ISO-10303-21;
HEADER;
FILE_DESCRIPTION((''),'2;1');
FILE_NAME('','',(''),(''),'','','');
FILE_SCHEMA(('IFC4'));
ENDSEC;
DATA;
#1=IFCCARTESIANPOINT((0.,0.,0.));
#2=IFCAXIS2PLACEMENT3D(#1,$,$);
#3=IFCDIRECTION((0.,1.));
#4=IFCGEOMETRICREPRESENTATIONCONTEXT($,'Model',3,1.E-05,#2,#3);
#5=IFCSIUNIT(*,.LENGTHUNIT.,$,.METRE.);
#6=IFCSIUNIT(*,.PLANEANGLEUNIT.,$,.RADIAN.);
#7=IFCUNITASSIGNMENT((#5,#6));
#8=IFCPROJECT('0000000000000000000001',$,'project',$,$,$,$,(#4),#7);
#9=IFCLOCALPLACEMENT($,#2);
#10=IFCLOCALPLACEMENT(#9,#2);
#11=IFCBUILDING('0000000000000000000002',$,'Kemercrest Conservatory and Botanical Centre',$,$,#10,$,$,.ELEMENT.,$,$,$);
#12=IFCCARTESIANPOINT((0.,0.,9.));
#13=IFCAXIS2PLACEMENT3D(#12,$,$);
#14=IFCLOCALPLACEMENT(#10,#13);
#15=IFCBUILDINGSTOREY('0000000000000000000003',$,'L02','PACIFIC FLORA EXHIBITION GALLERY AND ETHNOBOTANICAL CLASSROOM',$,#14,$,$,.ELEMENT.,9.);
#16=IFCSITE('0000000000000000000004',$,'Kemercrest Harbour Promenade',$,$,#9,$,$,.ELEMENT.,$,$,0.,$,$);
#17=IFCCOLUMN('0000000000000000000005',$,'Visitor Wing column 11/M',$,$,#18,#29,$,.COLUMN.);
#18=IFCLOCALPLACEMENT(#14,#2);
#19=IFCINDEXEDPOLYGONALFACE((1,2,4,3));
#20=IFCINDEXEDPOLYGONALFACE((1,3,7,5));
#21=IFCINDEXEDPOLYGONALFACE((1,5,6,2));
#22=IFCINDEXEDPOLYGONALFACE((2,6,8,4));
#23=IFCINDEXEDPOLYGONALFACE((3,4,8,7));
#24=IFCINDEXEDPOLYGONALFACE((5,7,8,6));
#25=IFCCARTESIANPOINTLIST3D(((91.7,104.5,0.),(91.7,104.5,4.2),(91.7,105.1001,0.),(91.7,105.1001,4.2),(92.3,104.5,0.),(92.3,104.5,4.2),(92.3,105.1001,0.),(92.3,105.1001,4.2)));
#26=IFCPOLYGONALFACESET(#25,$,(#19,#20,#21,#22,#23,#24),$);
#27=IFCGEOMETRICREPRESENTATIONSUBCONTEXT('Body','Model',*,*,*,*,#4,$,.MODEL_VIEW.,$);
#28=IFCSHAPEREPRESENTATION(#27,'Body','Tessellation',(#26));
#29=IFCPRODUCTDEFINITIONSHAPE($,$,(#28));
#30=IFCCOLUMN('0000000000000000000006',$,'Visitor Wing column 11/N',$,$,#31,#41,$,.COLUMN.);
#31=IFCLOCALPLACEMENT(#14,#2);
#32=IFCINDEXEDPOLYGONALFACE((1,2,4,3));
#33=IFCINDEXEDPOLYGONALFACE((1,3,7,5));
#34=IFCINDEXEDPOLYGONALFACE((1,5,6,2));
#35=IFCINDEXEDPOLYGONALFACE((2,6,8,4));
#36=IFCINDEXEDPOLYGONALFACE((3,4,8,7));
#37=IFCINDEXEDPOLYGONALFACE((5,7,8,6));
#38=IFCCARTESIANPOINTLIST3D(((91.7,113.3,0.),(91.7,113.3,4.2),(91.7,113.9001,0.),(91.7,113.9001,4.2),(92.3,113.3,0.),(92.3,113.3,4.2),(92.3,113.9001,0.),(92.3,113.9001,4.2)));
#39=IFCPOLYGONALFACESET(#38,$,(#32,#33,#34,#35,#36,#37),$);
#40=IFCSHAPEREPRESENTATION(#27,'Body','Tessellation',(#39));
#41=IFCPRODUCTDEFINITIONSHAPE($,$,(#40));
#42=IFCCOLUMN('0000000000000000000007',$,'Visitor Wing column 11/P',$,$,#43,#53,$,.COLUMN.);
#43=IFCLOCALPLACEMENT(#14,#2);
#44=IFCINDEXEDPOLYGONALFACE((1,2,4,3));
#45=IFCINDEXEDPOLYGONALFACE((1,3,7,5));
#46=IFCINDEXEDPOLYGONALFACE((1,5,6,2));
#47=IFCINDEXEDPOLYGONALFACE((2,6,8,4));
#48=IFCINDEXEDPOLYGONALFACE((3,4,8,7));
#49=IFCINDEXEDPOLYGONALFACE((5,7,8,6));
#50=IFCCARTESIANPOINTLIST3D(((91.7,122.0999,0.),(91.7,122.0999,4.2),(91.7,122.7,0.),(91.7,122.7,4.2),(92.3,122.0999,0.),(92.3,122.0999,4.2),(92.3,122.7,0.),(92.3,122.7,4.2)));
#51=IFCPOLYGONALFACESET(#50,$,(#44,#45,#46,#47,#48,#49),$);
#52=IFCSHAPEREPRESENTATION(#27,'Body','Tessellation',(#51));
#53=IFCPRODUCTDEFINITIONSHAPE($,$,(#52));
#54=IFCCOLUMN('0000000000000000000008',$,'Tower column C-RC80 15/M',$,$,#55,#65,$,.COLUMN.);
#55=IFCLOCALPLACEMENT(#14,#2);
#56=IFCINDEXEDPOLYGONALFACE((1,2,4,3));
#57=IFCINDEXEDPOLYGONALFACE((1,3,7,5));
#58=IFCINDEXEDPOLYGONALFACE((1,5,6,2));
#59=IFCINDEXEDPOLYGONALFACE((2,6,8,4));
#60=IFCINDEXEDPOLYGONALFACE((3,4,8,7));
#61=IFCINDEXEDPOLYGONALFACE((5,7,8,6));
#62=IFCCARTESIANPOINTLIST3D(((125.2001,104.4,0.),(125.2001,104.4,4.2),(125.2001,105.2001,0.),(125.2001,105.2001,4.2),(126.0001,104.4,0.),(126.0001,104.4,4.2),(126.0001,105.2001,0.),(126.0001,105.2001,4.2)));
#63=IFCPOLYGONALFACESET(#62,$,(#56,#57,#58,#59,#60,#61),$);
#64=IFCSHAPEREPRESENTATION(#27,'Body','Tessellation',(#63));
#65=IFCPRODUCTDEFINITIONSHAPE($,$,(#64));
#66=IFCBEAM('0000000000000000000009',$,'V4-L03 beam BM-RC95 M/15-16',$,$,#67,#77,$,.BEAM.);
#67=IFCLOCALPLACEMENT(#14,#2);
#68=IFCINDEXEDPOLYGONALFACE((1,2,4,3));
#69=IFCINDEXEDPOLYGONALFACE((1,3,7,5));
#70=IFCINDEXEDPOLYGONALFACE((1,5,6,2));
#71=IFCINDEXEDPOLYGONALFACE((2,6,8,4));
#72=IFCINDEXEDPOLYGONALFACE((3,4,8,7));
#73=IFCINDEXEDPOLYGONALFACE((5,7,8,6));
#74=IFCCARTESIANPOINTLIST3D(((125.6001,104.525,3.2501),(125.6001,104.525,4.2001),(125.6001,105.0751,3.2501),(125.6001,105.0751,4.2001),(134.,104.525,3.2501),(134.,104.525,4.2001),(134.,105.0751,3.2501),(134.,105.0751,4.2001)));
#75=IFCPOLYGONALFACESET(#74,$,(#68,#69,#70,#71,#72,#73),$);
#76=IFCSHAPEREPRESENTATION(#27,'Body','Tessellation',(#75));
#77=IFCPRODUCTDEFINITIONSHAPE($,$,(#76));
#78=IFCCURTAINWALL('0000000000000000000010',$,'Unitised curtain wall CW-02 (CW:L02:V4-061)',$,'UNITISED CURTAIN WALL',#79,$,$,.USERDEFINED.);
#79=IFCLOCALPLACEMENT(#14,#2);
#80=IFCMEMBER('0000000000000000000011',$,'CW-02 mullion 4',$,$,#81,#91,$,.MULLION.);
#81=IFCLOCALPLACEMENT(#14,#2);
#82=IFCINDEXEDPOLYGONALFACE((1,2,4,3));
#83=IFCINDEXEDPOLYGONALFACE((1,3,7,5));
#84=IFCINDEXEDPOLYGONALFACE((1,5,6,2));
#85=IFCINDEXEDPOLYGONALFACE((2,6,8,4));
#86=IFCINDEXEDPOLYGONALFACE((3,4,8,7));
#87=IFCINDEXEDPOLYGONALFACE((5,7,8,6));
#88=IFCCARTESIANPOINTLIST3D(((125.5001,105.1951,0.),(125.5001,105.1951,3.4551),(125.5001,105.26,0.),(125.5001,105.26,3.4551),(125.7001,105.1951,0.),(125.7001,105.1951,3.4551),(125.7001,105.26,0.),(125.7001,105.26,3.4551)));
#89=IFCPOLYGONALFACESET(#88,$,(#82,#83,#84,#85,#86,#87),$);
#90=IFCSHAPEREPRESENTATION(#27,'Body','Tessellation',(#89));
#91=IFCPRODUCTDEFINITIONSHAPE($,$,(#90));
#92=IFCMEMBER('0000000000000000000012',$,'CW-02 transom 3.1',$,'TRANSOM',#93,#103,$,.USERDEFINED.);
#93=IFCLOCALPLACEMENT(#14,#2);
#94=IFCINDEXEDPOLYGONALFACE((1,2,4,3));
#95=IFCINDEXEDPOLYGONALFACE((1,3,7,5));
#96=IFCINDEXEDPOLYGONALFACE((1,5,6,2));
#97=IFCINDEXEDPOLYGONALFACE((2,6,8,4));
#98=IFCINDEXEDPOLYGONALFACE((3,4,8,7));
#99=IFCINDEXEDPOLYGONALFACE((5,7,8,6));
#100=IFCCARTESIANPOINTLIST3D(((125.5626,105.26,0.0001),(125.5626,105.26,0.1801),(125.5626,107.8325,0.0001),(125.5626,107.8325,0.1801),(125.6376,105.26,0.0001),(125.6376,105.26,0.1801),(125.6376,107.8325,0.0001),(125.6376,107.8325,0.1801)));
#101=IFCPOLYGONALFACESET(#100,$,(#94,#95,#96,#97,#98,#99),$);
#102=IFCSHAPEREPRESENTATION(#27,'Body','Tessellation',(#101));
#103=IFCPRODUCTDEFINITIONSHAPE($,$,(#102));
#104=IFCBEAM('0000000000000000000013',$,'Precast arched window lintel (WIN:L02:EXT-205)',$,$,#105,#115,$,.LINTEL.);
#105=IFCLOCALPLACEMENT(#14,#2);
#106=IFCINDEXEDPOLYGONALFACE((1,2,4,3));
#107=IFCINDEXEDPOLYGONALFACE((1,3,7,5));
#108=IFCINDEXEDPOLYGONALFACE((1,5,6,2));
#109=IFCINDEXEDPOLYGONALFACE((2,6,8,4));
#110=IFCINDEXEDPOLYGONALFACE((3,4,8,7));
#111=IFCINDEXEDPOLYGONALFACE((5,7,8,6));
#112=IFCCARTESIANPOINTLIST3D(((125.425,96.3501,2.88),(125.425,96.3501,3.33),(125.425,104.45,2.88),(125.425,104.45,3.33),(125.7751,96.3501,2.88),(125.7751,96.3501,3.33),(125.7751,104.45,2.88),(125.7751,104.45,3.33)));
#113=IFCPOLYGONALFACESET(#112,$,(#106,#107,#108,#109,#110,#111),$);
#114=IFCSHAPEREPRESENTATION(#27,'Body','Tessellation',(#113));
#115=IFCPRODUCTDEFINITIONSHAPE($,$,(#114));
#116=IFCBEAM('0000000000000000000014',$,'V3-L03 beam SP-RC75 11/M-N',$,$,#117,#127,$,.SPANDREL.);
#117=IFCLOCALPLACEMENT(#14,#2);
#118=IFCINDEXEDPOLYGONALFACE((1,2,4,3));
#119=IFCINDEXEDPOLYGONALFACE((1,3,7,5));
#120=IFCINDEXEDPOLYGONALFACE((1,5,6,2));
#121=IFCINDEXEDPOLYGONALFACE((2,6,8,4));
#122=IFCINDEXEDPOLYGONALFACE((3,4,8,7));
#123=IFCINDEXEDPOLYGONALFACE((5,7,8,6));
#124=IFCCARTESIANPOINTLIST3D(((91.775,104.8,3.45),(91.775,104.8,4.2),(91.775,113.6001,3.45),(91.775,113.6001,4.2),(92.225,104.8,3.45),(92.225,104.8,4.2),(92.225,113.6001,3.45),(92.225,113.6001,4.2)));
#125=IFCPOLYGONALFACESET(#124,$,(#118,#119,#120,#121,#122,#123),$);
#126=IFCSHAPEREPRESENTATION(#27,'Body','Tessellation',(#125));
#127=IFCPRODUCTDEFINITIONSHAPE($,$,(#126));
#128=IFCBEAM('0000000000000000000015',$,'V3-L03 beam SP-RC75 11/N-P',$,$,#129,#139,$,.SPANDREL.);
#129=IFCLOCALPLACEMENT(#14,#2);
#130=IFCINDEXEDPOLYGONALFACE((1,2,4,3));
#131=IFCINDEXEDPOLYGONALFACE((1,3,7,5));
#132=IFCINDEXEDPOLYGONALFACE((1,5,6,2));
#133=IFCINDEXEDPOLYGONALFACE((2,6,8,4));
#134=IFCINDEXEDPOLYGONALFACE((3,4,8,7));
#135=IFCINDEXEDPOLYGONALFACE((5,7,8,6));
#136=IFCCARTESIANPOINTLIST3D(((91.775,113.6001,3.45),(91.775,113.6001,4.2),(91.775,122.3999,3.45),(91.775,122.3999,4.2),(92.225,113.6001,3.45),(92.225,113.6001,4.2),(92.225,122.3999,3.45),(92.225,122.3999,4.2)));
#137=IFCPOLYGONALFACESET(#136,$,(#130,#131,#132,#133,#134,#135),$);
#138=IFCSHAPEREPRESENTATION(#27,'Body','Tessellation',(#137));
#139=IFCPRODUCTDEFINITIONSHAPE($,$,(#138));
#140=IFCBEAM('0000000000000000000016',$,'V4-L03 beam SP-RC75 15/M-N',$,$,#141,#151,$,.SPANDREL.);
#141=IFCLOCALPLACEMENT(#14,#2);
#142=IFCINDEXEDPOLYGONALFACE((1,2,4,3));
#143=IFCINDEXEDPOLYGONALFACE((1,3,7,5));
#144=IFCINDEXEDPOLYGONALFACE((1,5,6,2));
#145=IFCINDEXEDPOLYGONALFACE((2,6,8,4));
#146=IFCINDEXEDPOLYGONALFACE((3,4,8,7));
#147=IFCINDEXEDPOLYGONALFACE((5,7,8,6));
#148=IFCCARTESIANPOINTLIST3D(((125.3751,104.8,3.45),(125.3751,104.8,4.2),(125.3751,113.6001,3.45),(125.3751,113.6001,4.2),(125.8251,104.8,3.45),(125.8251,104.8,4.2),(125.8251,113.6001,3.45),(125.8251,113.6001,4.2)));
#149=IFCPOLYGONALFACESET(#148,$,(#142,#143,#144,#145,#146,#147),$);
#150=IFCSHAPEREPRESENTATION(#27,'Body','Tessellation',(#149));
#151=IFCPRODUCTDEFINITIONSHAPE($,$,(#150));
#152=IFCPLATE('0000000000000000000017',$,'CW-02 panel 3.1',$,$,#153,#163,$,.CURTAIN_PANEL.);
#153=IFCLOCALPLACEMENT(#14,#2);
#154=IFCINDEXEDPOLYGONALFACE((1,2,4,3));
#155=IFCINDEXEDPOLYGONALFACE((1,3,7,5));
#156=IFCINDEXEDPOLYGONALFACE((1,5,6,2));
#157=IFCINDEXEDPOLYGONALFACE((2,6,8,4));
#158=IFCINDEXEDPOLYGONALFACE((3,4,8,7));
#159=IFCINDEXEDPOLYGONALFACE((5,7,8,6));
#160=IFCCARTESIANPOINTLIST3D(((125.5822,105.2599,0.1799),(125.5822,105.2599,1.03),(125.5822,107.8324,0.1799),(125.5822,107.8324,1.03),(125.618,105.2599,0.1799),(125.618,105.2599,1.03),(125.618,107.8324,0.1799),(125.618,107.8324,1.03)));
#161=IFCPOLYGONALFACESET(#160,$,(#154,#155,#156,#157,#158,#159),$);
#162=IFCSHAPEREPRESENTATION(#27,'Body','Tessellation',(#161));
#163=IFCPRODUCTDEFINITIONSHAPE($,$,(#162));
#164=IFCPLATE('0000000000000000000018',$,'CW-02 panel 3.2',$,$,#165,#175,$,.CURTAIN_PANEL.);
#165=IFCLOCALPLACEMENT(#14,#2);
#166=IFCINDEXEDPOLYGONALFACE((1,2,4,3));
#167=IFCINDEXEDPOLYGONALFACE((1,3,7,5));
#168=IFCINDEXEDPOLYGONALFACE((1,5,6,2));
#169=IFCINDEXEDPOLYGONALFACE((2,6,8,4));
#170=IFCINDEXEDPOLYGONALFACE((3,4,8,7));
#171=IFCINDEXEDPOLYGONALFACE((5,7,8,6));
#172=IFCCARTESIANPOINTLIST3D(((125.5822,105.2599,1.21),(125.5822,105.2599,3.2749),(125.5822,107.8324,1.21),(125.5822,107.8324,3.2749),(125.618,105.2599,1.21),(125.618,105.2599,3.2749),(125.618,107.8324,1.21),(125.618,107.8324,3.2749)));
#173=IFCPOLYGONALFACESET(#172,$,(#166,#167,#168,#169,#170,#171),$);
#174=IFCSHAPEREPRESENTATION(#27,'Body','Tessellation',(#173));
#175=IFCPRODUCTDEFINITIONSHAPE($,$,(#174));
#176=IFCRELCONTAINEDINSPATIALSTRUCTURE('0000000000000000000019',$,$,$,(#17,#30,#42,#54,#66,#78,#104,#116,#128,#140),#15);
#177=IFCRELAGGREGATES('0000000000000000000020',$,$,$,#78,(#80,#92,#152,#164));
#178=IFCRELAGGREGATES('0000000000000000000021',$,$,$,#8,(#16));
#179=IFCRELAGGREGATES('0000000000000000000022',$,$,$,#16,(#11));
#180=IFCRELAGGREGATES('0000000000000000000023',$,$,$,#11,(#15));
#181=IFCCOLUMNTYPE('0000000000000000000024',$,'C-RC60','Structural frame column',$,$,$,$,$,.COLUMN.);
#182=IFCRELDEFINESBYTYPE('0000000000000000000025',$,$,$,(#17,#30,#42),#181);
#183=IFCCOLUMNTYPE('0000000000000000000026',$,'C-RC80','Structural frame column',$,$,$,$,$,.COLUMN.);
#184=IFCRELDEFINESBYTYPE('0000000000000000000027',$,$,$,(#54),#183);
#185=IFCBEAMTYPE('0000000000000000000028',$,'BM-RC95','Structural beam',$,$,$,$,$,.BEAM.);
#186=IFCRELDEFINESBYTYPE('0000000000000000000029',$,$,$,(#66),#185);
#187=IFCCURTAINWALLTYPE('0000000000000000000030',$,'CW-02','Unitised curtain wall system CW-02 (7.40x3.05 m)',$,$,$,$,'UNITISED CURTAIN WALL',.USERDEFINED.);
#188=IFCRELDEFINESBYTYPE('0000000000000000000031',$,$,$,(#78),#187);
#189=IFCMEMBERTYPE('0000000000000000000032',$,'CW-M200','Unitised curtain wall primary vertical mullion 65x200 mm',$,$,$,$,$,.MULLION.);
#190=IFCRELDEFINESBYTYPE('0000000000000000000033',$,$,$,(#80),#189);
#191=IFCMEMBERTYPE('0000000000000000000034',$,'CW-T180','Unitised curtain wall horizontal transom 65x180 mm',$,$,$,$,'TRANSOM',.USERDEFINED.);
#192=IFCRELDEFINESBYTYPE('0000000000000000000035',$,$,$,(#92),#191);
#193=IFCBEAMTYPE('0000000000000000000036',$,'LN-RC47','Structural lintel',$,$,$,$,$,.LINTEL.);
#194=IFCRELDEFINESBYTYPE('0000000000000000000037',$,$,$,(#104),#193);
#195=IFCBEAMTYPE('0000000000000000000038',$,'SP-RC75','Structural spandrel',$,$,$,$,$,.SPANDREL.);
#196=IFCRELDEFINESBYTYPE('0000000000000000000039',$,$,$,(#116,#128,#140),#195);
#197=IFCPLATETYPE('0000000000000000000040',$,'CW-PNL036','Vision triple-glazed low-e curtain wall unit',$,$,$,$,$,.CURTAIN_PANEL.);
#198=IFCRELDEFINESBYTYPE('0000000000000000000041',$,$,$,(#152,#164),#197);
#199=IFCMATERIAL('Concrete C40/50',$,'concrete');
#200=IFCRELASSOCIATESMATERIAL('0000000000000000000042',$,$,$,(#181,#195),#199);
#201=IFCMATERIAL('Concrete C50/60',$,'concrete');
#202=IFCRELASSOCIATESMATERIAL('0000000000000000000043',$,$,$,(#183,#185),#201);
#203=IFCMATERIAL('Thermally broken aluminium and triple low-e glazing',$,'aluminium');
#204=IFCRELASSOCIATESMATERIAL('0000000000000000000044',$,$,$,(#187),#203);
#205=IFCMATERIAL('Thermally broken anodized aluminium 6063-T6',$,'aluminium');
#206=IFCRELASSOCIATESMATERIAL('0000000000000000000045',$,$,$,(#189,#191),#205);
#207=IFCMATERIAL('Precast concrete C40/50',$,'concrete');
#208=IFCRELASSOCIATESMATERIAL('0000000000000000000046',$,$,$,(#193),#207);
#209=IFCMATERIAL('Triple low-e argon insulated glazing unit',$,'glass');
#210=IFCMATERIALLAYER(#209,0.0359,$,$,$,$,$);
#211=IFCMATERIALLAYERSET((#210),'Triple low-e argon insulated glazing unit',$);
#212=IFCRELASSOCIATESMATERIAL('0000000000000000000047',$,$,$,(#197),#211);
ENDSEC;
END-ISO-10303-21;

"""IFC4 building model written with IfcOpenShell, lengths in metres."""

from ifc_helpers import new_model, si_unit, direction, frame, origin, origin_2d, place, context, subcontext, project, spatial, rectangle, extrude, material, layer, layer_set, material_profile, profile_set, type_object, element, aggregate, save


model = new_model("IFC4")

# Units and contexts
model_context = context("Model", 3, precision=1e-05, world=origin(), true_north=direction((0.0, 1.0)))
body_context = subcontext(model_context, "Body", "Model", "MODEL_VIEW")
ifc_project = project(units=[si_unit("LENGTHUNIT", "METRE"), si_unit("PLANEANGLEUNIT", "RADIAN")], contexts=[model_context])

# Site, building, storey
site_placement = place(None, origin())
site = spatial("IfcSite", under=ifc_project, at=site_placement, Name="Kemercrest Harbour Promenade", CompositionType="ELEMENT", RefElevation=0.0)
building_placement = place(site_placement, origin())
building = spatial("IfcBuilding", under=site, at=building_placement, Name="Kemercrest Conservatory and Botanical Centre", CompositionType="ELEMENT")
storey_placement = place(building_placement, frame((0.0, 0.0, 9.0)))
storey = spatial("IfcBuildingStorey", under=building, at=storey_placement, Name="L02", Description="PACIFIC FLORA EXHIBITION GALLERY AND ETHNOBOTANICAL CLASSROOM", CompositionType="ELEMENT", Elevation=9.0)

# Columns
ifc_material_1 = material(Name="Concrete C40/50", Category="concrete")
ifc_material_profile_1 = material_profile(ifc_material_1, rectangle(XDim=0.6001, YDim=0.6001, at=origin_2d()), Name="RC 600x600")
ifc_profile_set_1 = profile_set([ifc_material_profile_1], Name="Concrete C40/50")
column_type_1 = type_object("IfcColumnType", Name="C-RC60", Description="Structural frame column", PredefinedType="COLUMN", material=ifc_profile_set_1)
for number, where, z_axis, x_axis, name in (
    (1, (92.0, 104.8, 0.0), (0.0, 0.0, 1.0), (1.0, 0.0, 0.0), "Visitor Wing column 11/M"),
    (2, (92.0, 113.6001, 0.0), (0.0, 0.0, 1.0), (1.0, 0.0, 0.0), "Visitor Wing column 11/N"),
    (3, (92.0, 122.3999, 0.0), (0.0, 0.0, 1.0), (1.0, 0.0, 0.0), "Visitor Wing column 11/P"),
):
    element("IfcColumn", number, at=place(storey_placement, frame(where, z_axis=z_axis, x_axis=x_axis)), inside=storey, type_object=column_type_1, Name=name, PredefinedType="COLUMN", context=body_context, shape_type="SweptSolid", body=[
        extrude(rectangle(XDim=0.6001, YDim=0.6001, at=origin_2d()), origin(), (0.0, 0.0, 1.0), 4.2),
    ])
ifc_material_2 = material(Name="Concrete C50/60", Category="concrete")
ifc_material_profile_2 = material_profile(ifc_material_2, rectangle(XDim=0.8, YDim=0.8, at=origin_2d()), Name="RC 800x800")
ifc_profile_set_2 = profile_set([ifc_material_profile_2], Name="Concrete C50/60")
column_type_2 = type_object("IfcColumnType", Name="C-RC80", Description="Structural frame column", PredefinedType="COLUMN", material=ifc_profile_set_2)
column_placement = place(storey_placement, frame((125.6001, 104.8, 0.0), z_axis=(0.0, 0.0, 1.0), x_axis=(1.0, 0.0, 0.0)))
element("IfcColumn", 4, at=column_placement, inside=storey, type_object=column_type_2, Name="Tower column C-RC80 15/M", PredefinedType="COLUMN", context=body_context, shape_type="SweptSolid", body=[
    extrude(rectangle(XDim=0.8, YDim=0.8, at=origin_2d()), origin(), (0.0, 0.0, 1.0), 4.2),
])

# Beam
ifc_material_profile_3 = material_profile(ifc_material_2, rectangle(XDim=0.55, YDim=0.95, at=origin_2d()), Name="RC 550x950")
ifc_profile_set_3 = profile_set([ifc_material_profile_3], Name="Concrete C50/60")
beam_type_1 = type_object("IfcBeamType", Name="BM-RC95", Description="Structural beam", PredefinedType="BEAM", material=ifc_profile_set_3)
beam_1_placement = place(storey_placement, frame((125.6001, 104.8, 3.7251), z_axis=(1.0, 0.0, 0.0), x_axis=(0.0, 1.0, 0.0)))
element("IfcBeam", 5, at=beam_1_placement, inside=storey, type_object=beam_type_1, Name="V4-L03 beam BM-RC95 M/15-16", PredefinedType="BEAM", context=body_context, shape_type="SweptSolid", body=[
    extrude(rectangle(XDim=0.55, YDim=0.95, at=origin_2d()), origin(), (0.0, 0.0, 1.0), 8.3999),
])

# Curtain wall, members
ifc_material_3 = material(Name="Thermally broken aluminium and triple low-e glazing", Category="aluminium")
curtain_wall_type = type_object("IfcCurtainWallType", Name="CW-02", Description="Unitised curtain wall system CW-02 (7.40x3.05 m)", ElementType="UNITISED CURTAIN WALL", PredefinedType="USERDEFINED", material=ifc_material_3)
curtain_wall_placement = place(storey_placement, origin())
curtain_wall = element("IfcCurtainWall", 6, at=curtain_wall_placement, inside=storey, type_object=curtain_wall_type, Name="Unitised curtain wall CW-02 (CW:L02:V4-061)", ObjectType="UNITISED CURTAIN WALL", PredefinedType="USERDEFINED")
ifc_material_4 = material(Name="Thermally broken anodized aluminium 6063-T6", Category="aluminium")
ifc_material_profile_4 = material_profile(ifc_material_4, rectangle(XDim=0.2, YDim=0.0649, at=origin_2d()), Name="AL MULLION 65x200")
ifc_profile_set_4 = profile_set([ifc_material_profile_4], Name="Thermally broken anodized aluminium 6063-T6")
member_type_1 = type_object("IfcMemberType", Name="CW-M200", Description="Unitised curtain wall primary vertical mullion 65x200 mm", PredefinedType="MULLION", material=ifc_profile_set_4)
member_1_placement = place(storey_placement, frame((125.6001, 105.2275, 0.0), z_axis=(0.0, 0.0, 1.0), x_axis=(1.0, 0.0, 0.0)))
member_1 = element("IfcMember", 7, at=member_1_placement, type_object=member_type_1, Name="CW-02 mullion 4", PredefinedType="MULLION", context=body_context, shape_type="SweptSolid", body=[
    extrude(rectangle(XDim=0.2, YDim=0.0649, at=origin_2d()), origin(), (0.0, 0.0, 1.0), 3.4551),
])
ifc_material_profile_5 = material_profile(ifc_material_4, rectangle(XDim=0.075, YDim=0.1799, at=origin_2d()), Name="AL TRANSOM 75x180")
ifc_profile_set_5 = profile_set([ifc_material_profile_5], Name="Thermally broken anodized aluminium 6063-T6")
member_type_2 = type_object("IfcMemberType", Name="CW-T180", Description="Unitised curtain wall horizontal transom 65x180 mm", ElementType="TRANSOM", PredefinedType="USERDEFINED", material=ifc_profile_set_5)
member_2_placement = place(storey_placement, frame((125.6001, 107.8325, 0.0901), z_axis=(0.0, -1.0, 0.0), x_axis=(1.0, 0.0, 0.0)))
member_2 = element("IfcMember", 8, at=member_2_placement, type_object=member_type_2, Name="CW-02 transom 3.1", ObjectType="TRANSOM", PredefinedType="USERDEFINED", context=body_context, shape_type="SweptSolid", body=[
    extrude(rectangle(XDim=0.075, YDim=0.1799, at=origin_2d()), origin(), (0.0, 0.0, 1.0), 2.5725),
])

# Beams
ifc_material_5 = material(Name="Precast concrete C40/50", Category="concrete")
ifc_material_profile_6 = material_profile(ifc_material_5, rectangle(XDim=0.3501, YDim=0.45, at=origin_2d()), Name="RC 350x450")
ifc_profile_set_6 = profile_set([ifc_material_profile_6], Name="Precast concrete C40/50")
beam_type_2 = type_object("IfcBeamType", Name="LN-RC47", Description="Structural lintel", PredefinedType="LINTEL", material=ifc_profile_set_6)
beam_2_placement = place(storey_placement, frame((125.6001, 104.45, 3.105), z_axis=(0.0, -1.0, 0.0), x_axis=(1.0, 0.0, 0.0)))
element("IfcBeam", 9, at=beam_2_placement, inside=storey, type_object=beam_type_2, Name="Precast arched window lintel (WIN:L02:EXT-205)", PredefinedType="LINTEL", context=body_context, shape_type="SweptSolid", body=[
    extrude(rectangle(XDim=0.3501, YDim=0.45, at=origin_2d()), origin(), (0.0, 0.0, 1.0), 8.0999),
])
ifc_material_profile_7 = material_profile(ifc_material_1, rectangle(XDim=0.45, YDim=0.75, at=origin_2d()), Name="RC 450x750")
ifc_profile_set_7 = profile_set([ifc_material_profile_7], Name="Concrete C40/50")
beam_type_3 = type_object("IfcBeamType", Name="SP-RC75", Description="Structural spandrel", PredefinedType="SPANDREL", material=ifc_profile_set_7)
beam_3_placement = place(storey_placement, frame((92.0, 104.8, 3.825), z_axis=(0.0, 1.0, 0.0), x_axis=(-1.0, 0.0, 0.0)))
element("IfcBeam", 10, at=beam_3_placement, inside=storey, type_object=beam_type_3, Name="V3-L03 beam SP-RC75 11/M-N", PredefinedType="SPANDREL", context=body_context, shape_type="SweptSolid", body=[
    extrude(rectangle(XDim=0.45, YDim=0.75, at=origin_2d()), origin(), (0.0, 0.0, 1.0), 8.8),
])
beam_4_placement = place(storey_placement, frame((92.0, 113.6001, 3.825), z_axis=(0.0, 1.0, 0.0), x_axis=(-1.0, 0.0, 0.0)))
element("IfcBeam", 11, at=beam_4_placement, inside=storey, type_object=beam_type_3, Name="V3-L03 beam SP-RC75 11/N-P", PredefinedType="SPANDREL", context=body_context, shape_type="SweptSolid", body=[
    extrude(rectangle(XDim=0.45, YDim=0.75, at=origin_2d()), origin(), (0.0, 0.0, 1.0), 8.7998),
])
beam_5_placement = place(storey_placement, frame((125.6001, 104.8, 3.825), z_axis=(0.0, 1.0, 0.0), x_axis=(-1.0, 0.0, 0.0)))
element("IfcBeam", 12, at=beam_5_placement, inside=storey, type_object=beam_type_3, Name="V4-L03 beam SP-RC75 15/M-N", PredefinedType="SPANDREL", context=body_context, shape_type="SweptSolid", body=[
    extrude(rectangle(XDim=0.45, YDim=0.75, at=origin_2d()), origin(), (0.0, 0.0, 1.0), 8.8),
])

# Plates
ifc_material_6 = material(Name="Triple low-e argon insulated glazing unit", Category="glass")
ifc_layer_1 = layer(ifc_material_6, 0.0359)
ifc_layer_set_1 = layer_set([ifc_layer_1], Name="Triple low-e argon insulated glazing unit")
plate_type = type_object("IfcPlateType", Name="CW-PNL036", Description="Vision triple-glazed low-e curtain wall unit", PredefinedType="CURTAIN_PANEL", material=ifc_layer_set_1)
plate_1_placement = place(storey_placement, frame((125.6001, 106.5461, 0.1799), z_axis=(0.0, 0.0, 1.0), x_axis=(0.0, -1.0, 0.0)))
plate_1 = element("IfcPlate", 13, at=plate_1_placement, type_object=plate_type, Name="CW-02 panel 3.1", PredefinedType="CURTAIN_PANEL", context=body_context, shape_type="SweptSolid", body=[
    extrude(rectangle(XDim=2.5725, YDim=0.0359, at=origin_2d()), origin(), (0.0, 0.0, 1.0), 0.8501),
])
plate_2_placement = place(storey_placement, frame((125.6001, 106.5461, 1.21), z_axis=(0.0, 0.0, 1.0), x_axis=(0.0, -1.0, 0.0)))
plate_2 = element("IfcPlate", 14, at=plate_2_placement, type_object=plate_type, Name="CW-02 panel 3.2", PredefinedType="CURTAIN_PANEL", context=body_context, shape_type="SweptSolid", body=[
    extrude(rectangle(XDim=2.5725, YDim=0.0359, at=origin_2d()), origin(), (0.0, 0.0, 1.0), 2.0649),
])
aggregate(curtain_wall, [member_1, member_2, plate_1, plate_2])

save(model, "model.ifc")
